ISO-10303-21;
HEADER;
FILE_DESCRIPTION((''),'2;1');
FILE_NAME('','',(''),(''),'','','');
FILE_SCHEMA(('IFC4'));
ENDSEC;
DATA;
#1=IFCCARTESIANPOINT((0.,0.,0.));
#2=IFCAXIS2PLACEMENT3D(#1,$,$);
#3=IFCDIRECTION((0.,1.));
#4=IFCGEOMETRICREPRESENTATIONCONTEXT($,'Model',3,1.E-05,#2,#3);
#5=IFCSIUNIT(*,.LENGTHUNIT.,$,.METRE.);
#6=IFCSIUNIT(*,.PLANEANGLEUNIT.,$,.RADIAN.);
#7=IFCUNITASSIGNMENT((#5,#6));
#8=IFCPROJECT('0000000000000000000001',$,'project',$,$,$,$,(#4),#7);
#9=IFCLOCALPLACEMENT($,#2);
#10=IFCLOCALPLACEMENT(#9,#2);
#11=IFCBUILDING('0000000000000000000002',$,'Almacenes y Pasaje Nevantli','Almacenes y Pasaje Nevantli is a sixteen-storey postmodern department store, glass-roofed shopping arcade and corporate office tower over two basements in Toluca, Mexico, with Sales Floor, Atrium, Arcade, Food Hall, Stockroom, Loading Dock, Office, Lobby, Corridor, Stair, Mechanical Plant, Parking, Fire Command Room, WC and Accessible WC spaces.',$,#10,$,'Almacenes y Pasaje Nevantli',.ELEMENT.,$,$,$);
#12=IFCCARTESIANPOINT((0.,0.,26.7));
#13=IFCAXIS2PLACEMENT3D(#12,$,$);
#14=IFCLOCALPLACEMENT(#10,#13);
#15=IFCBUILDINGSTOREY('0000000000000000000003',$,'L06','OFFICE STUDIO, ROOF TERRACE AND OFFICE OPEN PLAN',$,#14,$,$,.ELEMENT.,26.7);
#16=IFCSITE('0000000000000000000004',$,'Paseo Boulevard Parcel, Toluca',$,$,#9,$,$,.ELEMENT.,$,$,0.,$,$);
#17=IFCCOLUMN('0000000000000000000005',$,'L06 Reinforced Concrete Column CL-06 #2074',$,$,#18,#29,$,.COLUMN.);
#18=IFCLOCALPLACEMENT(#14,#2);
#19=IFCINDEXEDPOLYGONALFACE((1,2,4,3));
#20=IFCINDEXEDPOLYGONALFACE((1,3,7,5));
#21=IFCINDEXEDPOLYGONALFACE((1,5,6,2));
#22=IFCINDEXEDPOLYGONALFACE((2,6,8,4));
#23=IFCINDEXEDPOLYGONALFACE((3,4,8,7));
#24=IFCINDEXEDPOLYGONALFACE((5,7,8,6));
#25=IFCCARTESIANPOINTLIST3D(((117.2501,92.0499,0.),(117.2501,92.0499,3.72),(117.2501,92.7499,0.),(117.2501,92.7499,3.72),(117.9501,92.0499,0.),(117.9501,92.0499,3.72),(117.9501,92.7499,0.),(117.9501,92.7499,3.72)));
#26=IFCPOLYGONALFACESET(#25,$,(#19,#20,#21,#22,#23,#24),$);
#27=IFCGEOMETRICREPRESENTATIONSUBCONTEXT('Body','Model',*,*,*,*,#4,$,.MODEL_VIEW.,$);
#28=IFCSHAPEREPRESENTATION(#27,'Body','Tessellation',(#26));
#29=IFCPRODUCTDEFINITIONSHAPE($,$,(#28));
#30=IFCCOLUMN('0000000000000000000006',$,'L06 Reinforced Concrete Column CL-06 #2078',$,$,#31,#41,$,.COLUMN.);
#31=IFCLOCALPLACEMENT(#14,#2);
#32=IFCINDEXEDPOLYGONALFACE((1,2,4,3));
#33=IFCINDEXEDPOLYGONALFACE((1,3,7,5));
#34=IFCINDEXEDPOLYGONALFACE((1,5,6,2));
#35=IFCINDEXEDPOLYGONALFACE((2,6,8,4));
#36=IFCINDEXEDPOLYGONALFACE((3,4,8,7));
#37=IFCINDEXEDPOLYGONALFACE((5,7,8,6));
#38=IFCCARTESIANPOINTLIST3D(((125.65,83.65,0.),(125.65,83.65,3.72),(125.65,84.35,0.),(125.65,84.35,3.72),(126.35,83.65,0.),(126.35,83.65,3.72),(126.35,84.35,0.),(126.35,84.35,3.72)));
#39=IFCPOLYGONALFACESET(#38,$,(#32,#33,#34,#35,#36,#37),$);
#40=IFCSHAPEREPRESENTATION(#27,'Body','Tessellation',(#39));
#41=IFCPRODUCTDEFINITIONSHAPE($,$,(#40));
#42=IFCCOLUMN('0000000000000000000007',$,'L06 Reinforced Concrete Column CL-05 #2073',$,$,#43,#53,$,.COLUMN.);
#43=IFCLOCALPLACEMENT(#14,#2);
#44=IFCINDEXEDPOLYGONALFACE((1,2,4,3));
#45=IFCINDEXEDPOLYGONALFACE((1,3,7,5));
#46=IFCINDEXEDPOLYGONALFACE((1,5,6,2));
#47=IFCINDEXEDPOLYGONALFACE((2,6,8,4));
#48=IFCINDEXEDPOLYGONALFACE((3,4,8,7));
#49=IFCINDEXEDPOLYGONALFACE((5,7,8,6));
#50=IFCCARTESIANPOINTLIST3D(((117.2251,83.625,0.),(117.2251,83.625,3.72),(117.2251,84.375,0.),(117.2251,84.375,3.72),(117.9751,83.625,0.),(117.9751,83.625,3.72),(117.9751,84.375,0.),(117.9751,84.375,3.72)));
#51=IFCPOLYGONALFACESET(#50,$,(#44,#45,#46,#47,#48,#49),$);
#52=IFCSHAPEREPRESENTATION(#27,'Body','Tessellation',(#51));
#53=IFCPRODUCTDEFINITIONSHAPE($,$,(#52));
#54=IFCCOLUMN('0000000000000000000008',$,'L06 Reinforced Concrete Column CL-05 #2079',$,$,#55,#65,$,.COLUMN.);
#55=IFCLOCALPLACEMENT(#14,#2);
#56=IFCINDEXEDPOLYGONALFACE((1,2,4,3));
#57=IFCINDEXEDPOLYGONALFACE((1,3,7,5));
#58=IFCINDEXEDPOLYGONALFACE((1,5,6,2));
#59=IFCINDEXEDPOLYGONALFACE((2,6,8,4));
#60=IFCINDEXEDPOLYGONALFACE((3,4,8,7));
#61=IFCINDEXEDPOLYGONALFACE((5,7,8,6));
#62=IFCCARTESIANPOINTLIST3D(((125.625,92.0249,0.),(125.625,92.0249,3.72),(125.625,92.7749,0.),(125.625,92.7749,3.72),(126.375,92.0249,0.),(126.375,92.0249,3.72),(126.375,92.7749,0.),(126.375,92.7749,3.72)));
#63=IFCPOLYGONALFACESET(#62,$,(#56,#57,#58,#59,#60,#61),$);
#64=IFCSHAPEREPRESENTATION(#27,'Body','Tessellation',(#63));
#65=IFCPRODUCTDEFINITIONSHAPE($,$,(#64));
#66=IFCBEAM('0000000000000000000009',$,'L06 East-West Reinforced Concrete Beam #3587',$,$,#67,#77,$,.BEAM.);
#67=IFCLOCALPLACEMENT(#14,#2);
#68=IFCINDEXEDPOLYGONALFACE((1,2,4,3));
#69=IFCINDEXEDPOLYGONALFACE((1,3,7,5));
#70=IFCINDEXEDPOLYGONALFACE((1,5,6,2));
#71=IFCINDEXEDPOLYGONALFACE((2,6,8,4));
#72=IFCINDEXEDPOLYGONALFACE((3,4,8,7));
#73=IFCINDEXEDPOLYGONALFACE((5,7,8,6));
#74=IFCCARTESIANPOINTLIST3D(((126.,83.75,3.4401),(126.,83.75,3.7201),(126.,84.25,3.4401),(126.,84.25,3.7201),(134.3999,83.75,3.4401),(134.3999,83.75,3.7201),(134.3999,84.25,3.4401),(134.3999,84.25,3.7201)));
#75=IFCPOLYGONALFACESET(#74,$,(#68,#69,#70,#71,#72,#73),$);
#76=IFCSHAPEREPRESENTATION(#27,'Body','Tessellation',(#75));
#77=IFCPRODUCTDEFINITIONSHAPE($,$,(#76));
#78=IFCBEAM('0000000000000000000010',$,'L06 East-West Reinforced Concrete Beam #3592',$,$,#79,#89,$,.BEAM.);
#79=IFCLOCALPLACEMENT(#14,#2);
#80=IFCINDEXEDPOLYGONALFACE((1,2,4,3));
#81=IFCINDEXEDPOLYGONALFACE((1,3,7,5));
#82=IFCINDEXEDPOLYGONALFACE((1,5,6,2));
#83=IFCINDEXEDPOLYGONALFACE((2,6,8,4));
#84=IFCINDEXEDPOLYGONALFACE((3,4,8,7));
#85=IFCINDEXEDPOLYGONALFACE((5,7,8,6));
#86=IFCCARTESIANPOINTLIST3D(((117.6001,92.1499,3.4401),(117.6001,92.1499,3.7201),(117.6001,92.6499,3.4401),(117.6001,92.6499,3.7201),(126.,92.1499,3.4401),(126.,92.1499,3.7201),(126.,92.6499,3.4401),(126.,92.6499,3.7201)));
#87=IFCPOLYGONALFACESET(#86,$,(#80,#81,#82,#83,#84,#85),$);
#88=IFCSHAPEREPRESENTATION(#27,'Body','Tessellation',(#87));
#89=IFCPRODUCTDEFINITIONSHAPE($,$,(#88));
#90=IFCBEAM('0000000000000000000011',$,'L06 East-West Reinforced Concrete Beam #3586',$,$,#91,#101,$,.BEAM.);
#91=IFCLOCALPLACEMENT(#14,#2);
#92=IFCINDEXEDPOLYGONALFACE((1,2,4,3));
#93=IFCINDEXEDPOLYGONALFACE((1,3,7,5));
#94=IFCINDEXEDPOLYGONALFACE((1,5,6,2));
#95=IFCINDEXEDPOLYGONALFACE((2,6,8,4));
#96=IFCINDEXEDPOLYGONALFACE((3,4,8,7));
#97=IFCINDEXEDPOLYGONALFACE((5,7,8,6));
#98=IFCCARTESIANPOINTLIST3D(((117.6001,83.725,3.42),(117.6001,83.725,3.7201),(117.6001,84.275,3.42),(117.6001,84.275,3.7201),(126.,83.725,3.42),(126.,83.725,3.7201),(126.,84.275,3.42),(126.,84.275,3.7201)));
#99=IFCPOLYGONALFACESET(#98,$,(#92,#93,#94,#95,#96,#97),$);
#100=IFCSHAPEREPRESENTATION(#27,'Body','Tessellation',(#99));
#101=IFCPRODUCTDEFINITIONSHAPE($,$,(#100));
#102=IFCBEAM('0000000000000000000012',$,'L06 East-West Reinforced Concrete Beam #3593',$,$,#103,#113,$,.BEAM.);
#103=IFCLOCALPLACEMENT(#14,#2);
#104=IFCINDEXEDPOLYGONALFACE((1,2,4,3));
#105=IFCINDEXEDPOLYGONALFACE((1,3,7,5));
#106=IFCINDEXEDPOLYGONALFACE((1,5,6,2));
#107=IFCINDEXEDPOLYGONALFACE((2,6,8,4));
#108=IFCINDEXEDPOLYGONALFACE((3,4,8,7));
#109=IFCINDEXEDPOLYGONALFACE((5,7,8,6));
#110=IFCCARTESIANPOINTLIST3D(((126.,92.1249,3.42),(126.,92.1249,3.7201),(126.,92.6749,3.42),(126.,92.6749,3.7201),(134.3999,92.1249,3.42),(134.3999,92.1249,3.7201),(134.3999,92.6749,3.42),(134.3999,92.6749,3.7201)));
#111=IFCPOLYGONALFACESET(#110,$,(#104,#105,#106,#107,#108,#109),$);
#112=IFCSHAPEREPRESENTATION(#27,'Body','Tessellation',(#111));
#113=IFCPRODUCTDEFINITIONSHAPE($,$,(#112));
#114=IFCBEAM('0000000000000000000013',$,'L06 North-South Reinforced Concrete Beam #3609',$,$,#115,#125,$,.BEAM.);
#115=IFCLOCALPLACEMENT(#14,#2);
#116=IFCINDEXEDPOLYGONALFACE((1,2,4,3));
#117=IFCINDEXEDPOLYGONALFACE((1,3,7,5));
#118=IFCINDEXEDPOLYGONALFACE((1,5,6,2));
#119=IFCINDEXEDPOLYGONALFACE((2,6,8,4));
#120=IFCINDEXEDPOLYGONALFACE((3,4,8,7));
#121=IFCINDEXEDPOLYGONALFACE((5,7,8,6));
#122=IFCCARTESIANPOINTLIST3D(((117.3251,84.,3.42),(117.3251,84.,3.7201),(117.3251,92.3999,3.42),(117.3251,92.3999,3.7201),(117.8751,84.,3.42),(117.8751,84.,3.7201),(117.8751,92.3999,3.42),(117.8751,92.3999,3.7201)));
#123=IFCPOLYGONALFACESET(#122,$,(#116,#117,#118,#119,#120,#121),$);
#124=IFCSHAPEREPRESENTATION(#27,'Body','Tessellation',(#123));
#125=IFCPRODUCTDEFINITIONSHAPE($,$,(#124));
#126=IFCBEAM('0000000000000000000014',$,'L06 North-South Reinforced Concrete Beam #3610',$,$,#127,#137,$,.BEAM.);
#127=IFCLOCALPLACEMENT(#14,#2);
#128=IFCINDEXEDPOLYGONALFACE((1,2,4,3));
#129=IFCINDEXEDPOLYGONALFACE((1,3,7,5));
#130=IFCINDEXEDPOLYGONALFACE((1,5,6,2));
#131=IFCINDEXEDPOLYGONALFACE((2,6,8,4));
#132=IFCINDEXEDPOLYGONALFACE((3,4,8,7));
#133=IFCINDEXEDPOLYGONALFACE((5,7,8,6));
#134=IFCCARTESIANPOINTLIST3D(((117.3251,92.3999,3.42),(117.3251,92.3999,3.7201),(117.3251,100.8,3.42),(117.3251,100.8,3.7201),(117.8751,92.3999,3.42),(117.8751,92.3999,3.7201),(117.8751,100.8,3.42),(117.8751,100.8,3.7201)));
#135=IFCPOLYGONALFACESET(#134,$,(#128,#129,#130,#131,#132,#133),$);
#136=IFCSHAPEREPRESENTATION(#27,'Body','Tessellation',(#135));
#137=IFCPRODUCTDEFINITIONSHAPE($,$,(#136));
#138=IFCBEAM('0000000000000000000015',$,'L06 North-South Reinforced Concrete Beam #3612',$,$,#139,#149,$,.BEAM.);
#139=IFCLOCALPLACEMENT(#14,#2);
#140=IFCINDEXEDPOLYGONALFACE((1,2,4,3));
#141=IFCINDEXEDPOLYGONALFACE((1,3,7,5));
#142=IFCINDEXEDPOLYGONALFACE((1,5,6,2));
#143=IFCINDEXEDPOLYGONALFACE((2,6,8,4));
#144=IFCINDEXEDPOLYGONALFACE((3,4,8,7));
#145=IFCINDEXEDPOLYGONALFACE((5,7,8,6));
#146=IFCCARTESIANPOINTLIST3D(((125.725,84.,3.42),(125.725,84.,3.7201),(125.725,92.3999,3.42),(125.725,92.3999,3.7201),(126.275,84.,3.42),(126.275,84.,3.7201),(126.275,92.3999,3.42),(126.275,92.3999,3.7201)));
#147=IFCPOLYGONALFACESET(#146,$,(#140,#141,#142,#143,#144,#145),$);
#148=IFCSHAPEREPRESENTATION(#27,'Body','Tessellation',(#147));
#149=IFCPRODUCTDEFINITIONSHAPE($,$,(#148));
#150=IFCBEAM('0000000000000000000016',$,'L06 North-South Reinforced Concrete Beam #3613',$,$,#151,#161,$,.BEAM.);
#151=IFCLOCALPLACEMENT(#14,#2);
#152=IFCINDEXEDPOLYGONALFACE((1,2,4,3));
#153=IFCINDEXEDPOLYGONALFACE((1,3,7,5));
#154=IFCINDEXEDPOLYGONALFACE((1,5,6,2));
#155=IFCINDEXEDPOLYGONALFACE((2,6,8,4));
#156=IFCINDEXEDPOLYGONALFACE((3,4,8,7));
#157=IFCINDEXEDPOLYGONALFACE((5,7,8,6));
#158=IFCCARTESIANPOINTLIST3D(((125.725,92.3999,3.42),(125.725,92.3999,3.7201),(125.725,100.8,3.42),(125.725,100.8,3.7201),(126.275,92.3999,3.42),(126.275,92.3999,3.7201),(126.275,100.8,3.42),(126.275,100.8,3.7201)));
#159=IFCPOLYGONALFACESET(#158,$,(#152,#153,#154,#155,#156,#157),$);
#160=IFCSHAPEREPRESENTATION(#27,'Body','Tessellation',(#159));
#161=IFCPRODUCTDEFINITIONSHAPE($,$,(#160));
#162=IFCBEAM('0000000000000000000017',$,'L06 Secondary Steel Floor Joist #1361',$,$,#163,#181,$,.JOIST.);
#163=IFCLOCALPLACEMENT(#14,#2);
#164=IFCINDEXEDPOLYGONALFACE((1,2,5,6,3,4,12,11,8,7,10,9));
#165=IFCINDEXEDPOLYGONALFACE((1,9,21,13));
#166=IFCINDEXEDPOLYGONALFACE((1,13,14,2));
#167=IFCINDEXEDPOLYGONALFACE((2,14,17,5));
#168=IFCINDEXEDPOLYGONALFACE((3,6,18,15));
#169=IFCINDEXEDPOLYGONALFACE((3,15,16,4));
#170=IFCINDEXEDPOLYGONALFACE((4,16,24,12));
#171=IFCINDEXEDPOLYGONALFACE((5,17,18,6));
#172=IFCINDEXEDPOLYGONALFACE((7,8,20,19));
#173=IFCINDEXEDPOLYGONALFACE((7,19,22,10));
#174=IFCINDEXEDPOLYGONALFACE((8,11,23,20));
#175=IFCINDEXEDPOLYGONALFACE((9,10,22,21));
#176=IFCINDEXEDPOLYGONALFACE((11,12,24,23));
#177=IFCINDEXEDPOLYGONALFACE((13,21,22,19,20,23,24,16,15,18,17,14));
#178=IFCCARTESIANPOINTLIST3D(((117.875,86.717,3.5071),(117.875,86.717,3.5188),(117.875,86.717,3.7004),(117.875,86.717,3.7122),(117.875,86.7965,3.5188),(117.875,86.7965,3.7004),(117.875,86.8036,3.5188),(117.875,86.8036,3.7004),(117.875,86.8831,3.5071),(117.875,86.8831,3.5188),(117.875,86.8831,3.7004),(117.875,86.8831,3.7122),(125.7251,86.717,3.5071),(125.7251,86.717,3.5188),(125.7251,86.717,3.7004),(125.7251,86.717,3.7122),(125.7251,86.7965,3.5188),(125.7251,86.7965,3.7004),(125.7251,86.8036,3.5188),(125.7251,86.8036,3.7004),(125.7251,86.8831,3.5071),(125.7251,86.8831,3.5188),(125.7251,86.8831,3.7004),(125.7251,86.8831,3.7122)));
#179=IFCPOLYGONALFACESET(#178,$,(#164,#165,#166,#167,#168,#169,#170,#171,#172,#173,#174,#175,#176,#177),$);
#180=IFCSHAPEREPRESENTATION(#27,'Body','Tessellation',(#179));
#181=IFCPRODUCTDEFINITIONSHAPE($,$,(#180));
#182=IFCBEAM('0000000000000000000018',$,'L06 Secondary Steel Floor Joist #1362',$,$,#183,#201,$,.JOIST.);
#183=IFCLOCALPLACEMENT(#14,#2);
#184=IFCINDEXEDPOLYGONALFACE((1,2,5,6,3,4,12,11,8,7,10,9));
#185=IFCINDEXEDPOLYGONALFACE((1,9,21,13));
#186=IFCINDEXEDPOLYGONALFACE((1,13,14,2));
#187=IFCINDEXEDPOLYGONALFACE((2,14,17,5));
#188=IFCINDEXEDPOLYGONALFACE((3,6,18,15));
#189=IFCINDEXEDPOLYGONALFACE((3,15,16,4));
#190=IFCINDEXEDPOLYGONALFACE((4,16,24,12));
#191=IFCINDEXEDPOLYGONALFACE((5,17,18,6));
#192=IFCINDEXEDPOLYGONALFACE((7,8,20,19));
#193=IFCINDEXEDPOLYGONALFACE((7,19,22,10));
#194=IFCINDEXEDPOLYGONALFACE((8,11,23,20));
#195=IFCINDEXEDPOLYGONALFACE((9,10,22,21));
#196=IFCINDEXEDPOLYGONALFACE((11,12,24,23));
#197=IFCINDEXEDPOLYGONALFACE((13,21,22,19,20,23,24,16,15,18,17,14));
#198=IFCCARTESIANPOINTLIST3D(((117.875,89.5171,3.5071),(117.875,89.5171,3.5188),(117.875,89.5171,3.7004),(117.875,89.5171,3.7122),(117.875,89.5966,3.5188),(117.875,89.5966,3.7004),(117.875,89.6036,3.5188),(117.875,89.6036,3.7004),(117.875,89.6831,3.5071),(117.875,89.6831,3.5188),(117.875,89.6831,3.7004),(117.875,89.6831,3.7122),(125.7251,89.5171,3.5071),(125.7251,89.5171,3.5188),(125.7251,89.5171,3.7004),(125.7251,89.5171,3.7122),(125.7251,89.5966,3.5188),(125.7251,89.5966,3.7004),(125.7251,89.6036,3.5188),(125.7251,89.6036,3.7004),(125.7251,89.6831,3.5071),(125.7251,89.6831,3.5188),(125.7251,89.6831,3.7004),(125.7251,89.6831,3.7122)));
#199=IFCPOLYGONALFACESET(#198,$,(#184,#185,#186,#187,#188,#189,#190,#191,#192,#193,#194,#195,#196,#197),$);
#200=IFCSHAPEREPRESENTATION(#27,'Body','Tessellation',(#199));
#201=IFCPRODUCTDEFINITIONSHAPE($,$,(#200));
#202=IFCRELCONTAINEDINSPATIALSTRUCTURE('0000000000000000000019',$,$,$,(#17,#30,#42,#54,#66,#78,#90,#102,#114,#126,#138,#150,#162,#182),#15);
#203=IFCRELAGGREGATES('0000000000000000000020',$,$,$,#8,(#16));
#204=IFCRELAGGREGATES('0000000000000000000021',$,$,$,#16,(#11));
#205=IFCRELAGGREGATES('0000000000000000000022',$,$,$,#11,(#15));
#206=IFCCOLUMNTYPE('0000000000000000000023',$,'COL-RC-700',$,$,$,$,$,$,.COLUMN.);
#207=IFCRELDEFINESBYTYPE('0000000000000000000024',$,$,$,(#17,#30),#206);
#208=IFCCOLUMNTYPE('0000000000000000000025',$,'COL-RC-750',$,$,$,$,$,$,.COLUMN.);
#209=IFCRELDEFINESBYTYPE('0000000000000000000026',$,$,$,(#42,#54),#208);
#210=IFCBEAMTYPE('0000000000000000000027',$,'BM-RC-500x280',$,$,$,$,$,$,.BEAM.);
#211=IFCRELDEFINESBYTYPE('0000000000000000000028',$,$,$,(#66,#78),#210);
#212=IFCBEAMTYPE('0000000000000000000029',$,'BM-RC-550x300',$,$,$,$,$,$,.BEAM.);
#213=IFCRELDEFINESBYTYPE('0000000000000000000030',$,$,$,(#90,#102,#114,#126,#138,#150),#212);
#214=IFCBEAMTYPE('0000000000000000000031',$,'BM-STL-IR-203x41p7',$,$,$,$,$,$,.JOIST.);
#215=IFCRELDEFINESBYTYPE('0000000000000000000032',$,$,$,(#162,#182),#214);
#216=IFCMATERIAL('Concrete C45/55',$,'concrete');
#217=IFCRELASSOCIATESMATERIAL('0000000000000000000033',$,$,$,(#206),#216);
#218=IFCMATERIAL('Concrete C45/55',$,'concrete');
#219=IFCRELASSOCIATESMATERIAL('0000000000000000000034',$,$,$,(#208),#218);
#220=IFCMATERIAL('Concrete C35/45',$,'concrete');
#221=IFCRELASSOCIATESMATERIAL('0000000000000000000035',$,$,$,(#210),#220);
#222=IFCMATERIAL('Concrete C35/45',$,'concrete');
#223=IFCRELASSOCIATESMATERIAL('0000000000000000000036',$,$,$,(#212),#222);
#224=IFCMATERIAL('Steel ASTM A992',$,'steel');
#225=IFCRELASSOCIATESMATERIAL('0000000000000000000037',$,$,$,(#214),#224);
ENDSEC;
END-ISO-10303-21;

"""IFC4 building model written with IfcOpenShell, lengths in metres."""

from ifc_helpers import new_model, si_unit, direction, frame, origin, origin_2d, place, context, subcontext, project, spatial, rectangle, i_section, extrude, material, material_profile, profile_set, type_object, element, save


model = new_model("IFC4")

# Units and contexts
model_context = context("Model", 3, precision=1e-05, world=origin(), true_north=direction((0.0, 1.0)))
body_context = subcontext(model_context, "Body", "Model", "MODEL_VIEW")
ifc_project = project(units=[si_unit("LENGTHUNIT", "METRE"), si_unit("PLANEANGLEUNIT", "RADIAN")], contexts=[model_context])

# Site, building, storey
site_placement = place(None, origin())
site = spatial("IfcSite", under=ifc_project, at=site_placement, Name="Paseo Boulevard Parcel, Toluca", CompositionType="ELEMENT", RefElevation=0.0)
building_placement = place(site_placement, origin())
building = spatial("IfcBuilding", under=site, at=building_placement, Name="Almacenes y Pasaje Nevantli", Description="Almacenes y Pasaje Nevantli is a sixteen-storey postmodern department store, glass-roofed shopping arcade and corporate office tower over two basements in Toluca, Mexico, with Sales Floor, Atrium, Arcade, Food Hall, Stockroom, Loading Dock, Office, Lobby, Corridor, Stair, Mechanical Plant, Parking, Fire Command Room, WC and Accessible WC spaces.", LongName="Almacenes y Pasaje Nevantli", CompositionType="ELEMENT")
storey_placement = place(building_placement, frame((0.0, 0.0, 26.7)))
storey = spatial("IfcBuildingStorey", under=building, at=storey_placement, Name="L06", Description="OFFICE STUDIO, ROOF TERRACE AND OFFICE OPEN PLAN", CompositionType="ELEMENT", Elevation=26.7)

# Columns
ifc_material_1 = material(Name="Concrete C45/55", Category="concrete")
ifc_material_profile_1 = material_profile(ifc_material_1, rectangle(XDim=0.7, YDim=0.7, at=origin_2d()), Name="RC-COL-700x700")
ifc_profile_set_1 = profile_set([ifc_material_profile_1], Name="Concrete C45/55")
column_type_1 = type_object("IfcColumnType", Name="COL-RC-700", PredefinedType="COLUMN", material=ifc_profile_set_1)
for number, where, z_axis, x_axis, name in (
    (1, (117.6001, 92.3999, 0.0), (0.0, 0.0, 1.0), (1.0, 0.0, 0.0), "L06 Reinforced Concrete Column CL-06 #2074"),
    (2, (126.0, 84.0, 0.0), (0.0, 0.0, 1.0), (1.0, 0.0, 0.0), "L06 Reinforced Concrete Column CL-06 #2078"),
):
    element("IfcColumn", number, at=place(storey_placement, frame(where, z_axis=z_axis, x_axis=x_axis)), inside=storey, type_object=column_type_1, Name=name, PredefinedType="COLUMN", context=body_context, shape_type="SweptSolid", body=[
        extrude(rectangle(XDim=0.7, YDim=0.7, at=origin_2d()), origin(), (0.0, 0.0, 1.0), 3.72),
    ])
ifc_material_2 = material(Name="Concrete C45/55", Category="concrete")
ifc_material_profile_2 = material_profile(ifc_material_2, rectangle(XDim=0.75, YDim=0.75, at=origin_2d()), Name="RC-COL-750x750")
ifc_profile_set_2 = profile_set([ifc_material_profile_2], Name="Concrete C45/55")
column_type_2 = type_object("IfcColumnType", Name="COL-RC-750", PredefinedType="COLUMN", material=ifc_profile_set_2)
for number, where, z_axis, x_axis, name in (
    (3, (117.6001, 84.0, 0.0), (0.0, 0.0, 1.0), (1.0, 0.0, 0.0), "L06 Reinforced Concrete Column CL-05 #2073"),
    (4, (126.0, 92.3999, 0.0), (0.0, 0.0, 1.0), (1.0, 0.0, 0.0), "L06 Reinforced Concrete Column CL-05 #2079"),
):
    element("IfcColumn", number, at=place(storey_placement, frame(where, z_axis=z_axis, x_axis=x_axis)), inside=storey, type_object=column_type_2, Name=name, PredefinedType="COLUMN", context=body_context, shape_type="SweptSolid", body=[
        extrude(rectangle(XDim=0.75, YDim=0.75, at=origin_2d()), origin(), (0.0, 0.0, 1.0), 3.72),
    ])

# Beams
ifc_material_3 = material(Name="Concrete C35/45", Category="concrete")
ifc_material_profile_3 = material_profile(ifc_material_3, rectangle(XDim=0.5, YDim=0.28, at=origin_2d()), Name="RC-BM-500x280")
ifc_profile_set_3 = profile_set([ifc_material_profile_3], Name="Concrete C35/45")
beam_type_1 = type_object("IfcBeamType", Name="BM-RC-500x280", PredefinedType="BEAM", material=ifc_profile_set_3)
for number, where, z_axis, x_axis, name in (
    (5, (126.0, 84.0, 3.5801), (1.0, 0.0, 0.0), (0.0, 1.0, 0.0), "L06 East-West Reinforced Concrete Beam #3587"),
    (6, (117.6001, 92.3999, 3.5801), (1.0, 0.0, 0.0), (0.0, 1.0, 0.0), "L06 East-West Reinforced Concrete Beam #3592"),
):
    element("IfcBeam", number, at=place(storey_placement, frame(where, z_axis=z_axis, x_axis=x_axis)), inside=storey, type_object=beam_type_1, Name=name, PredefinedType="BEAM", context=body_context, shape_type="SweptSolid", body=[
        extrude(rectangle(XDim=0.5, YDim=0.28, at=origin_2d()), origin(), (0.0, 0.0, 1.0), 8.3999),
    ])
ifc_material_4 = material(Name="Concrete C35/45", Category="concrete")
ifc_material_profile_4 = material_profile(ifc_material_4, rectangle(XDim=0.55, YDim=0.3, at=origin_2d()), Name="RC-BM-550x300")
ifc_profile_set_4 = profile_set([ifc_material_profile_4], Name="Concrete C35/45")
beam_type_2 = type_object("IfcBeamType", Name="BM-RC-550x300", PredefinedType="BEAM", material=ifc_profile_set_4)
for number, where, z_axis, x_axis, name in (
    (7, (117.6001, 84.0, 3.5701), (1.0, 0.0, 0.0), (0.0, 1.0, 0.0), "L06 East-West Reinforced Concrete Beam #3586"),
    (8, (126.0, 92.3999, 3.5701), (1.0, 0.0, 0.0), (0.0, 1.0, 0.0), "L06 East-West Reinforced Concrete Beam #3593"),
    (9, (117.6001, 84.0, 3.5701), (0.0, 1.0, 0.0), (-1.0, 0.0, 0.0), "L06 North-South Reinforced Concrete Beam #3609"),
):
    element("IfcBeam", number, at=place(storey_placement, frame(where, z_axis=z_axis, x_axis=x_axis)), inside=storey, type_object=beam_type_2, Name=name, PredefinedType="BEAM", context=body_context, shape_type="SweptSolid", body=[
        extrude(rectangle(XDim=0.55, YDim=0.3, at=origin_2d()), origin(), (0.0, 0.0, 1.0), 8.3999),
    ])
beam_1_placement = place(storey_placement, frame((117.6001, 92.3999, 3.5701), z_axis=(0.0, 1.0, 0.0), x_axis=(-1.0, 0.0, 0.0)))
element("IfcBeam", 10, at=beam_1_placement, inside=storey, type_object=beam_type_2, Name="L06 North-South Reinforced Concrete Beam #3610", PredefinedType="BEAM", context=body_context, shape_type="SweptSolid", body=[
    extrude(rectangle(XDim=0.55, YDim=0.3, at=origin_2d()), origin(), (0.0, 0.0, 1.0), 8.4001),
])
beam_2_placement = place(storey_placement, frame((126.0, 84.0, 3.5701), z_axis=(0.0, 1.0, 0.0), x_axis=(-1.0, 0.0, 0.0)))
element("IfcBeam", 11, at=beam_2_placement, inside=storey, type_object=beam_type_2, Name="L06 North-South Reinforced Concrete Beam #3612", PredefinedType="BEAM", context=body_context, shape_type="SweptSolid", body=[
    extrude(rectangle(XDim=0.55, YDim=0.3, at=origin_2d()), origin(), (0.0, 0.0, 1.0), 8.3999),
])
beam_3_placement = place(storey_placement, frame((126.0, 92.3999, 3.5701), z_axis=(0.0, 1.0, 0.0), x_axis=(-1.0, 0.0, 0.0)))
element("IfcBeam", 12, at=beam_3_placement, inside=storey, type_object=beam_type_2, Name="L06 North-South Reinforced Concrete Beam #3613", PredefinedType="BEAM", context=body_context, shape_type="SweptSolid", body=[
    extrude(rectangle(XDim=0.55, YDim=0.3, at=origin_2d()), origin(), (0.0, 0.0, 1.0), 8.4001),
])
ifc_material_5 = material(Name="Steel ASTM A992", Category="steel")
ifc_material_profile_5 = material_profile(ifc_material_5, i_section(OverallWidth=0.166, OverallDepth=0.2051, WebThickness=0.0071, FlangeThickness=0.0117, at=origin_2d()), Name="IR 203x41.7")
ifc_profile_set_5 = profile_set([ifc_material_profile_5], Name="Steel ASTM A992")
beam_type_3 = type_object("IfcBeamType", Name="BM-STL-IR-203x41p7", PredefinedType="JOIST", material=ifc_profile_set_5)
for number, where, z_axis, x_axis, name in (
    (13, (117.875, 86.8, 3.6096), (1.0, 0.0, 0.0), (0.0, 1.0, 0.0), "L06 Secondary Steel Floor Joist #1361"),
    (14, (117.875, 89.6001, 3.6096), (1.0, 0.0, 0.0), (0.0, 1.0, 0.0), "L06 Secondary Steel Floor Joist #1362"),
):
    element("IfcBeam", number, at=place(storey_placement, frame(where, z_axis=z_axis, x_axis=x_axis)), inside=storey, type_object=beam_type_3, Name=name, PredefinedType="JOIST", context=body_context, shape_type="SweptSolid", body=[
        extrude(i_section(OverallWidth=0.166, OverallDepth=0.2051, WebThickness=0.0071, FlangeThickness=0.0117, at=origin_2d()), origin(), (0.0, 0.0, 1.0), 7.8501),
    ])

save(model, "model.ifc")
